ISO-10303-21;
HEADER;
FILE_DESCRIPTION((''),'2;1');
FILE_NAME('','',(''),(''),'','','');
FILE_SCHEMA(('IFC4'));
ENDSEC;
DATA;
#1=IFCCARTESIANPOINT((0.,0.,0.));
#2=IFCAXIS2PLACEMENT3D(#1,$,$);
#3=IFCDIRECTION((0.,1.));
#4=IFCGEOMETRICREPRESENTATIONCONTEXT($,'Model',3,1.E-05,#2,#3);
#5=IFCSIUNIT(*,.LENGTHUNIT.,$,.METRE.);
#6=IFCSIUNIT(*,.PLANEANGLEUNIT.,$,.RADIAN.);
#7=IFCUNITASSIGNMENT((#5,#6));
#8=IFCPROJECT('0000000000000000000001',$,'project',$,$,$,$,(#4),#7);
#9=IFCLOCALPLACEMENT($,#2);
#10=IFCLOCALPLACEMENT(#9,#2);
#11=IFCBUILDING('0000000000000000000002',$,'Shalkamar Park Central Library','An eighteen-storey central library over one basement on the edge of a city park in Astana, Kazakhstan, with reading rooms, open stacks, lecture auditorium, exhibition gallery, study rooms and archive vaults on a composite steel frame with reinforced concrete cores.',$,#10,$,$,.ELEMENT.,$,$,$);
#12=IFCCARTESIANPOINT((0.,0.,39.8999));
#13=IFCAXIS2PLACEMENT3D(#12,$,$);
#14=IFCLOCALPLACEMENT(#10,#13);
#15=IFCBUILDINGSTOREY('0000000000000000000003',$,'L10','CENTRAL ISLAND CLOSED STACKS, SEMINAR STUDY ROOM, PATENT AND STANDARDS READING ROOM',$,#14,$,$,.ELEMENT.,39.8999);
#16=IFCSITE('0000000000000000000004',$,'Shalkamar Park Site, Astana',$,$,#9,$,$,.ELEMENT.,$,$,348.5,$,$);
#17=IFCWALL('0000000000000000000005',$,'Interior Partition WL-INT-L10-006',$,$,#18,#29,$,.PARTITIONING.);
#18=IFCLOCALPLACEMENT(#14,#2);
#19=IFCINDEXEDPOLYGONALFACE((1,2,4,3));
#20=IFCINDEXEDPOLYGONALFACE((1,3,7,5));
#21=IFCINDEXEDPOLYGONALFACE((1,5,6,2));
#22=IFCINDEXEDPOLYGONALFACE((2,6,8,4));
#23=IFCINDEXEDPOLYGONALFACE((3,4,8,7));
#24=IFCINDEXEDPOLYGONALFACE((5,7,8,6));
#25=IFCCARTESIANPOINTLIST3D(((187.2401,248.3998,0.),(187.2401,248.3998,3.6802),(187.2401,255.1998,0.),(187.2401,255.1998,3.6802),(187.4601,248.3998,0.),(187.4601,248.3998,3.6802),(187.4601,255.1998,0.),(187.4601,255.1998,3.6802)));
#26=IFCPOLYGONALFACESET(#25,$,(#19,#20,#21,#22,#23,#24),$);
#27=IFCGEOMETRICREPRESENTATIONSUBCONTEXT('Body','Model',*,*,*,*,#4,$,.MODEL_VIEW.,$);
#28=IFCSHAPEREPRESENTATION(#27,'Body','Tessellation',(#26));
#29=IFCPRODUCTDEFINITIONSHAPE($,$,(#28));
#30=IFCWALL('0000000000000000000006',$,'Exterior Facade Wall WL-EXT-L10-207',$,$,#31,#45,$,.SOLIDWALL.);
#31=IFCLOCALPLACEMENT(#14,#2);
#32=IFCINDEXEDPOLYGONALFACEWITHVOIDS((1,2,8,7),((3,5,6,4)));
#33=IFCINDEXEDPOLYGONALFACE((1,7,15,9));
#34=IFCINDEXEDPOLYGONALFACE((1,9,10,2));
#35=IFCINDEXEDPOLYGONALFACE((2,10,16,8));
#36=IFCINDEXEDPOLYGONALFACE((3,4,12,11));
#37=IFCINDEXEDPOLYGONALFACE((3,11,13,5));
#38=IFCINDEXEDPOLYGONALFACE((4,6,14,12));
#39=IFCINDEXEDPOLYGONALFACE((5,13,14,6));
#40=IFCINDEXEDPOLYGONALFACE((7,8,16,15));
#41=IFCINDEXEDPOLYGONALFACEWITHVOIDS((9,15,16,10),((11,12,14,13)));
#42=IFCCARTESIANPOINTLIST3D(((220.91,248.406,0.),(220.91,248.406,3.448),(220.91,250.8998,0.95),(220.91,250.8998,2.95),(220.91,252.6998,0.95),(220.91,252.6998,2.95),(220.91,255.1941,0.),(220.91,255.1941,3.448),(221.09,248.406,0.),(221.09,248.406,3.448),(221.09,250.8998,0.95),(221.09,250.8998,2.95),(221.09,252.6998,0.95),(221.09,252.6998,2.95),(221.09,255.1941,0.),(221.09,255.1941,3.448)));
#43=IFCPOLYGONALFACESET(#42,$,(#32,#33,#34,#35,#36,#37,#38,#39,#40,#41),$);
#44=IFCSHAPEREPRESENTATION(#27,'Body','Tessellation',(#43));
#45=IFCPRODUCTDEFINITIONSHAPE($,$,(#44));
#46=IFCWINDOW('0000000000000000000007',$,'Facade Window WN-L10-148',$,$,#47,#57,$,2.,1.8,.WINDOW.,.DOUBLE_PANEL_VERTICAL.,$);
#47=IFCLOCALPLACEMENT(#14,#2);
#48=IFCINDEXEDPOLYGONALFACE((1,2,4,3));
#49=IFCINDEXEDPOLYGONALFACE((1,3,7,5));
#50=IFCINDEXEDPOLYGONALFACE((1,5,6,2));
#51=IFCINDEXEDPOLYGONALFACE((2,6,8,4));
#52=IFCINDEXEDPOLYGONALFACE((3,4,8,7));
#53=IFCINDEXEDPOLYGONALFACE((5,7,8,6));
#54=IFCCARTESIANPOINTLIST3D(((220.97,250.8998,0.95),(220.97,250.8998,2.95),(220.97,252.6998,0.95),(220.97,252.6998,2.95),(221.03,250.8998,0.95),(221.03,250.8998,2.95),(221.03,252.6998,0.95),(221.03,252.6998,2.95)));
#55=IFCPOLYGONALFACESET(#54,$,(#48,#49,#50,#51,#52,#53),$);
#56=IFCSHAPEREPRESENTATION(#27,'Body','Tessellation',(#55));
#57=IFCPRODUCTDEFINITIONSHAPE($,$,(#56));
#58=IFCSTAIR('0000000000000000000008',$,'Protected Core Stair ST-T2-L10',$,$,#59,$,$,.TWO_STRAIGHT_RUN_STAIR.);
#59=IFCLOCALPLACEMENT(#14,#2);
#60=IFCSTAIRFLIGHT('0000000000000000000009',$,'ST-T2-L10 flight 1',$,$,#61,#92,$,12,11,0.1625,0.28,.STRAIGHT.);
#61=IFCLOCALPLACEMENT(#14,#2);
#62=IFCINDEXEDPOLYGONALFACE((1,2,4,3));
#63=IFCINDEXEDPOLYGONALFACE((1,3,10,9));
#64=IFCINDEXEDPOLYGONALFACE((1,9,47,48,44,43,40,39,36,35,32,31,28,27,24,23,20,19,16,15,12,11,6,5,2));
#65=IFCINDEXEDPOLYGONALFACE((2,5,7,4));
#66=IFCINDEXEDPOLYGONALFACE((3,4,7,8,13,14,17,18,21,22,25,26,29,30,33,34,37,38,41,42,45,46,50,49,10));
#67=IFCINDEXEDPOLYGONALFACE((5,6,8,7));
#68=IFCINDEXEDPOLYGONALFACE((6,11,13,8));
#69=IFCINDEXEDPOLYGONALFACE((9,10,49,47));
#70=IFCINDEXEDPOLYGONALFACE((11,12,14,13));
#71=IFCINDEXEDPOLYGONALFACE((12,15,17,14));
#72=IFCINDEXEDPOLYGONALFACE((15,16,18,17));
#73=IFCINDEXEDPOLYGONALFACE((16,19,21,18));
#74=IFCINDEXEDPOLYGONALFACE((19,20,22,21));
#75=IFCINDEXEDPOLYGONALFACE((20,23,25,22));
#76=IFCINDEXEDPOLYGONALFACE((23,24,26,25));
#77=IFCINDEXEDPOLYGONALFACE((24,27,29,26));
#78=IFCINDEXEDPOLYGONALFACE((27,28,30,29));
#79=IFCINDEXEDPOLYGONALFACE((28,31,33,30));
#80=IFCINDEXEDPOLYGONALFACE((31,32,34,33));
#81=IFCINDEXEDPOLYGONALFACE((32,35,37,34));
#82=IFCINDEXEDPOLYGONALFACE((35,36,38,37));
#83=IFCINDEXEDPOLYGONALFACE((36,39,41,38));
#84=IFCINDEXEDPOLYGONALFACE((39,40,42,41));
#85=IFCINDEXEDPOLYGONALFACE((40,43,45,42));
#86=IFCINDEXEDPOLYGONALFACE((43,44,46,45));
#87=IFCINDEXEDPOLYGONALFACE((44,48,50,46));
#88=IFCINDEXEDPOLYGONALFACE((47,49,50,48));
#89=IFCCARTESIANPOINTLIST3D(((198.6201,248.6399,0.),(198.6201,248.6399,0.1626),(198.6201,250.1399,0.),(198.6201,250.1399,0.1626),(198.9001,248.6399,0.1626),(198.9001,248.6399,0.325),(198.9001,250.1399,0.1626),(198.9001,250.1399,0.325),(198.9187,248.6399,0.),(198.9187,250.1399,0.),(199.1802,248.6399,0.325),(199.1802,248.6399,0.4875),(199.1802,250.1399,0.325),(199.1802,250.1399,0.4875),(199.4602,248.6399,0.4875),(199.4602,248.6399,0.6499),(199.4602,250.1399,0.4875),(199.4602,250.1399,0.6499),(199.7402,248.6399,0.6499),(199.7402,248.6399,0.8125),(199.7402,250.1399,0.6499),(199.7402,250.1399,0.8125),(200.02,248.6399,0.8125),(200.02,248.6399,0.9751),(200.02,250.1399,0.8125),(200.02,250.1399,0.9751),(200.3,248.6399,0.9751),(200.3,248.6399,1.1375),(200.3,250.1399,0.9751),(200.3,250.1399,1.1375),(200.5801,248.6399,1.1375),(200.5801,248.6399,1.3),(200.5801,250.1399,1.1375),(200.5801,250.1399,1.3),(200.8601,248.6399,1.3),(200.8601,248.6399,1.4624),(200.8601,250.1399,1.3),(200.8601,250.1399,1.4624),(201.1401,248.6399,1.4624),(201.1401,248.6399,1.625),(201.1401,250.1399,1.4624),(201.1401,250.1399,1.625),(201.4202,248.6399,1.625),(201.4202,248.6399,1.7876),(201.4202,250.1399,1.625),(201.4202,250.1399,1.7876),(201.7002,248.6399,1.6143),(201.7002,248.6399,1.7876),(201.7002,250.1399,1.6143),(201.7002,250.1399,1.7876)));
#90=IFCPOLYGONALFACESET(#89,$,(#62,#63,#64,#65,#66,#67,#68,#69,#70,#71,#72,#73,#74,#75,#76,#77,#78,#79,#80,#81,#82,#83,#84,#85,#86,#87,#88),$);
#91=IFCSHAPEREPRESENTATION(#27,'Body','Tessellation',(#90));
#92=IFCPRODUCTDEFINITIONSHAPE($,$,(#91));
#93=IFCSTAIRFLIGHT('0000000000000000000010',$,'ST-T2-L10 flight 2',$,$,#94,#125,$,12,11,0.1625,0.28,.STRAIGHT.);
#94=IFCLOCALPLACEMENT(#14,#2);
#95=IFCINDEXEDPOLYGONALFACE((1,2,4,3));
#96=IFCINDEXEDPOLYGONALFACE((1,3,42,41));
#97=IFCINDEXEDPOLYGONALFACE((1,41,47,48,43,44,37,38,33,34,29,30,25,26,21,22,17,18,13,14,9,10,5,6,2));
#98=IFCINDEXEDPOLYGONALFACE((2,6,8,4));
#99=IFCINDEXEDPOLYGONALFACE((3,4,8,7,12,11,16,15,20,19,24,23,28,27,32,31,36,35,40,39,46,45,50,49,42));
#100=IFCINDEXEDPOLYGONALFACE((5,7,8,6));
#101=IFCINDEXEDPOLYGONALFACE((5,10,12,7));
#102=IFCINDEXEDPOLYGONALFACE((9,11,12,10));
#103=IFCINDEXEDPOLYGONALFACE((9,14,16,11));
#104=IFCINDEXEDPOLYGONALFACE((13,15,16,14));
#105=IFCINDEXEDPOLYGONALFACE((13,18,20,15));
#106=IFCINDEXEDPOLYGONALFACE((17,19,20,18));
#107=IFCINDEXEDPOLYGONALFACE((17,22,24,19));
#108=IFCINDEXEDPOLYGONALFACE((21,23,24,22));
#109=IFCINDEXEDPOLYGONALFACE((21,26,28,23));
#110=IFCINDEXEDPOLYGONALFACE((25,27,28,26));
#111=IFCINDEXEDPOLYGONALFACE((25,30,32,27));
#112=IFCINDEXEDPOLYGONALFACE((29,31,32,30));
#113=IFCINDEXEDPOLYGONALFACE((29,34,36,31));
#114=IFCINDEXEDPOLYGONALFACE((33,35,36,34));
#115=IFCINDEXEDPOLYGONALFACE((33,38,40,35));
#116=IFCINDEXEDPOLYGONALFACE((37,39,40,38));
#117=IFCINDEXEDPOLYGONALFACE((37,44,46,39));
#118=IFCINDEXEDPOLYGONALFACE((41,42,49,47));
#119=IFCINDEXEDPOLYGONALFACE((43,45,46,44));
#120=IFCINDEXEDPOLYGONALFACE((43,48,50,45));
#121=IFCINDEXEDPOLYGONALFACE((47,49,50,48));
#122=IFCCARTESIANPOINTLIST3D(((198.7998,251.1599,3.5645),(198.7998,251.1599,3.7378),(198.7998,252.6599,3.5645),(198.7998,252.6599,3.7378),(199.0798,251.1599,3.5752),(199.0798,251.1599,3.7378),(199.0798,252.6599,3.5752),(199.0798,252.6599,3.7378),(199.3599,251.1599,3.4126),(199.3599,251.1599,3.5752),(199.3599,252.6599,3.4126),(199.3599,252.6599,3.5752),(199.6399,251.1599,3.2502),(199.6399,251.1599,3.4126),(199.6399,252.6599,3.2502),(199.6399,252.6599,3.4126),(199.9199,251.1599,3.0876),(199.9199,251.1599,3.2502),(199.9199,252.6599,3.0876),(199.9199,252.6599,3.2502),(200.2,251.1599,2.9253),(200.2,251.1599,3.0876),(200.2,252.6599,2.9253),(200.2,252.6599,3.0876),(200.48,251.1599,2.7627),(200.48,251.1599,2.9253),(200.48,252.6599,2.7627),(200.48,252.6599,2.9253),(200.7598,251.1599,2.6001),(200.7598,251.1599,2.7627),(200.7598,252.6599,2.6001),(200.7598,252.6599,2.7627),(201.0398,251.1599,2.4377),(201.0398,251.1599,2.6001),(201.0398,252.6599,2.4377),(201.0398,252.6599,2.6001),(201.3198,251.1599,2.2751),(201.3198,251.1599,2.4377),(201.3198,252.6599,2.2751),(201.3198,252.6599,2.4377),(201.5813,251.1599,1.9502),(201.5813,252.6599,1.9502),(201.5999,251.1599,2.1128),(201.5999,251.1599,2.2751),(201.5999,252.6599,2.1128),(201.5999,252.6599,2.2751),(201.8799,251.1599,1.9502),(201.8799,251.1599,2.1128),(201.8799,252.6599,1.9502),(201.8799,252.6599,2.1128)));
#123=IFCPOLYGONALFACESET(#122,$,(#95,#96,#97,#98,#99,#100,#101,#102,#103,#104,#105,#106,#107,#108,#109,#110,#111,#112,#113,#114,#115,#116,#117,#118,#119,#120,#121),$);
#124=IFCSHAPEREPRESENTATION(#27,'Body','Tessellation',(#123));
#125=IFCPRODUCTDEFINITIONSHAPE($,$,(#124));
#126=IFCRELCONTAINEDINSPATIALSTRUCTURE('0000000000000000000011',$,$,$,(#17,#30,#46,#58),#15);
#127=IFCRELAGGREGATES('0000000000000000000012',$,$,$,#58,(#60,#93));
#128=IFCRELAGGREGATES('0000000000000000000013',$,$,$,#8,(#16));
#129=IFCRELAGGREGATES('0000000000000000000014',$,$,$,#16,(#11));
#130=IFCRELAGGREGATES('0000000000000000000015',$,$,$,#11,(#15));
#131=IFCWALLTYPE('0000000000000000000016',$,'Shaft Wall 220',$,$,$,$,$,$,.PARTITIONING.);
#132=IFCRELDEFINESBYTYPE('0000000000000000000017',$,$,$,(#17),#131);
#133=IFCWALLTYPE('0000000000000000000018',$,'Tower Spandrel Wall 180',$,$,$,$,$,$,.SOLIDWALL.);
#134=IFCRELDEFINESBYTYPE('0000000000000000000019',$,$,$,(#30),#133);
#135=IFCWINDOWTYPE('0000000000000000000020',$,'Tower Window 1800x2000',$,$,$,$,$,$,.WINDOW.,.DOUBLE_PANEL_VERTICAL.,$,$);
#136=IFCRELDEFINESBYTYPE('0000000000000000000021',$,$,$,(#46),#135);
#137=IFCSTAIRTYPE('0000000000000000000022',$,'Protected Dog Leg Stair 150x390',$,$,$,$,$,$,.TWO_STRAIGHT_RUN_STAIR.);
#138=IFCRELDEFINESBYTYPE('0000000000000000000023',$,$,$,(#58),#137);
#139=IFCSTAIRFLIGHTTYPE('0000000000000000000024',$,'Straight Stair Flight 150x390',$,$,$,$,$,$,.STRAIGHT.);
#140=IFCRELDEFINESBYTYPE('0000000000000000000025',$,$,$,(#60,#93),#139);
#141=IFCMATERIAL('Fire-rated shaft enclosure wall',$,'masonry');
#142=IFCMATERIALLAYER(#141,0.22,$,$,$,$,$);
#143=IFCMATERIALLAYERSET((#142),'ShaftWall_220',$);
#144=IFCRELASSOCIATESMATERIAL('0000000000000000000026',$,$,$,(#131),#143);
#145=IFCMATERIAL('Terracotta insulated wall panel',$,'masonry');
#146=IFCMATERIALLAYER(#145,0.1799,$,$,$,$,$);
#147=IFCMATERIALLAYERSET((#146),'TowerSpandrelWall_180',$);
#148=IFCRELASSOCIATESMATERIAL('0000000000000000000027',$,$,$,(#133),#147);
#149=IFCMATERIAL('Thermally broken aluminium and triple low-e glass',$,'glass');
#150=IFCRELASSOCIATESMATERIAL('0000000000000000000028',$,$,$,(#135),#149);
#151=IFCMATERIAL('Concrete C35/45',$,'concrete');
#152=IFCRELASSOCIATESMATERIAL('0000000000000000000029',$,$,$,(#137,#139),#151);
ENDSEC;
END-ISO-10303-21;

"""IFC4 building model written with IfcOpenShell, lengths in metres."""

from ifc_helpers import new_model, si_unit, direction, frame, frame_2d, origin, place, context, subcontext, project, spatial, polyline, rectangle, outline, extrude, material, layer, layer_set, type_object, element, fill, aggregate, save


model = new_model("IFC4")

# Units and contexts
model_context = context("Model", 3, precision=1e-05, world=origin(), true_north=direction((0.0, 1.0)))
body_context = subcontext(model_context, "Body", "Model", "MODEL_VIEW")
ifc_project = project(units=[si_unit("LENGTHUNIT", "METRE"), si_unit("PLANEANGLEUNIT", "RADIAN")], contexts=[model_context])

# Site, building, storey
site_placement = place(None, origin())
site = spatial("IfcSite", under=ifc_project, at=site_placement, Name="Shalkamar Park Site, Astana", CompositionType="ELEMENT", RefElevation=348.5)
building_placement = place(site_placement, origin())
building = spatial("IfcBuilding", under=site, at=building_placement, Name="Shalkamar Park Central Library", Description="An eighteen-storey central library over one basement on the edge of a city park in Astana, Kazakhstan, with reading rooms, open stacks, lecture auditorium, exhibition gallery, study rooms and archive vaults on a composite steel frame with reinforced concrete cores.", CompositionType="ELEMENT")
storey_placement = place(building_placement, frame((0.0, 0.0, 39.8999)))
storey = spatial("IfcBuildingStorey", under=building, at=storey_placement, Name="L10", Description="CENTRAL ISLAND CLOSED STACKS, SEMINAR STUDY ROOM, PATENT AND STANDARDS READING ROOM", CompositionType="ELEMENT", Elevation=39.8999)

# Wall
ifc_material_1 = material(Name="Fire-rated shaft enclosure wall", Category="masonry")
ifc_layer_1 = layer(ifc_material_1, 0.22)
ifc_layer_set_1 = layer_set([ifc_layer_1], Name="ShaftWall_220")
wall_type_1 = type_object("IfcWallType", Name="Shaft Wall 220", PredefinedType="PARTITIONING", material=ifc_layer_set_1)
for number, where, z_axis, x_axis, name in (
    (1, (187.3501, 248.3999, 0.0), (0.0, 0.0, 1.0), (0.0, 1.0, 0.0), "Interior Partition WL-INT-L10-006"),
):
    element("IfcWall", number, at=place(storey_placement, frame(where, z_axis=z_axis, x_axis=x_axis)), inside=storey, type_object=wall_type_1, Name=name, PredefinedType="PARTITIONING", context=body_context, shape_type="SweptSolid", body=[
        extrude(rectangle(XDim=6.8, YDim=0.22, at=frame_2d((3.3999, 0.0))), origin(), (0.0, 0.0, 1.0), 3.6802),
    ])

# Wall, opening, window
ifc_material_2 = material(Name="Terracotta insulated wall panel", Category="masonry")
ifc_layer_2 = layer(ifc_material_2, 0.1799)
ifc_layer_set_2 = layer_set([ifc_layer_2], Name="TowerSpandrelWall_180")
wall_type_2 = type_object("IfcWallType", Name="Tower Spandrel Wall 180", PredefinedType="SOLIDWALL", material=ifc_layer_set_2)
wall_1_placement = place(storey_placement, frame((221.0, 248.406, 0.0), z_axis=(0.0, 0.0, 1.0), x_axis=(0.0, 1.0, 0.0)))
wall_1 = element("IfcWall", 2, at=wall_1_placement, inside=storey, type_object=wall_type_2, Name="Exterior Facade Wall WL-EXT-L10-207", PredefinedType="SOLIDWALL", context=body_context, shape_type="SweptSolid", body=[
    extrude(rectangle(XDim=6.7881, YDim=0.1799, at=frame_2d((3.394, 0.0))), origin(), (0.0, 0.0, 1.0), 3.448),
])
opening_1_placement = place(wall_1_placement, frame((2.4939, 0.0, 0.95)))
opening_1 = element("IfcOpeningElement", 3, at=opening_1_placement, cuts=wall_1, PredefinedType="OPENING", context=body_context, shape_type="SweptSolid", body=[
    extrude(rectangle(XDim=1.8, YDim=2.0, at=frame_2d((0.8999, 1.0))), frame((0.0, 0.105, 0.0), z_axis=(0.0, -1.0, 0.0), x_axis=(1.0, 0.0, 0.0)), (0.0, 0.0, 1.0), 0.2097),
])
ifc_material_3 = material(Name="Thermally broken aluminium and triple low-e glass", Category="glass")
window_type = type_object("IfcWindowType", Name="Tower Window 1800x2000", PartitioningType="DOUBLE_PANEL_VERTICAL", PredefinedType="WINDOW", material=ifc_material_3)
window_placement = place(opening_1_placement, origin())
window = element("IfcWindow", 4, at=window_placement, inside=storey, type_object=window_type, Name="Facade Window WN-L10-148", OverallHeight=2.0, OverallWidth=1.8, PartitioningType="DOUBLE_PANEL_VERTICAL", PredefinedType="WINDOW", context=body_context, shape_type="SweptSolid", body=[
    extrude(rectangle(XDim=1.8, YDim=2.0, at=frame_2d((0.8999, 1.0))), frame((0.0, 0.03, 0.0), z_axis=(0.0, -1.0, 0.0), x_axis=(1.0, 0.0, 0.0)), (0.0, 0.0, 1.0), 0.0601),
])
fill(opening_1, window)

# Stair, stair flights
ifc_material_4 = material(Name="Concrete C35/45", Category="concrete")
stair_type = type_object("IfcStairType", Name="Protected Dog Leg Stair 150x390", PredefinedType="TWO_STRAIGHT_RUN_STAIR", material=ifc_material_4)
stair_placement = place(storey_placement, origin())
stair = element("IfcStair", 5, at=stair_placement, inside=storey, type_object=stair_type, Name="Protected Core Stair ST-T2-L10", PredefinedType="TWO_STRAIGHT_RUN_STAIR")
stair_flight_type = type_object("IfcStairFlightType", Name="Straight Stair Flight 150x390", PredefinedType="STRAIGHT", material=ifc_material_4)
stair_flight_1_placement = place(storey_placement, frame((198.6201, 249.3899, 0.0), z_axis=(0.0, 0.0, 1.0), x_axis=(1.0, 0.0, 0.0)))
stair_flight_1 = element("IfcStairFlight", 6, at=stair_flight_1_placement, type_object=stair_flight_type, Name="ST-T2-L10 flight 1", NumberOfRisers=12, NumberOfTreads=11, PredefinedType="STRAIGHT", RiserHeight=0.1625, TreadLength=0.28, context=body_context, shape_type="SweptSolid", body=[
    extrude(outline(polyline([(0.0, 0.0), (0.0, 0.1626), (0.28, 0.1626), (0.28, 0.325), (0.5601, 0.325), (0.5601, 0.4875), (0.8401, 0.4875), (0.8401, 0.6499), (1.1201, 0.6499), (1.1201, 0.8125), (1.3999, 0.8125), (1.3999, 0.9751), (1.6799, 0.9751), (1.6799, 1.1375), (1.96, 1.1375), (1.96, 1.3), (2.24, 1.3), (2.24, 1.4624), (2.52, 1.4624), (2.52, 1.625), (2.8, 1.625), (2.8, 1.7876), (3.0801, 1.7876), (3.0801, 1.95), (3.0801, 1.6143), (0.2986, 0.0), (0.0, 0.0)])), frame((0.0, 0.75, 0.0), z_axis=(0.0, -1.0, 0.0), x_axis=(1.0, 0.0, 0.0)), (0.0, 0.0, 1.0), 1.5),
])
stair_flight_2_placement = place(storey_placement, frame((201.8799, 251.9099, 1.9502), z_axis=(0.0, 0.0, 1.0), x_axis=(-1.0, 0.0, 0.0)))
stair_flight_2 = element("IfcStairFlight", 7, at=stair_flight_2_placement, type_object=stair_flight_type, Name="ST-T2-L10 flight 2", NumberOfRisers=12, NumberOfTreads=11, PredefinedType="STRAIGHT", RiserHeight=0.1625, TreadLength=0.28, context=body_context, shape_type="SweptSolid", body=[
    extrude(outline(polyline([(0.0, 0.0), (0.0, 0.1626), (0.28, 0.1626), (0.28, 0.325), (0.5601, 0.325), (0.5601, 0.4875), (0.8401, 0.4875), (0.8401, 0.6499), (1.1201, 0.6499), (1.1201, 0.8125), (1.3999, 0.8125), (1.3999, 0.9751), (1.6799, 0.9751), (1.6799, 1.1375), (1.96, 1.1375), (1.96, 1.3), (2.24, 1.3), (2.24, 1.4624), (2.52, 1.4624), (2.52, 1.625), (2.8, 1.625), (2.8, 1.7876), (3.0801, 1.7876), (3.0801, 1.95), (3.0801, 1.6143), (0.2986, 0.0), (0.0, 0.0)])), frame((0.0, 0.75, 0.0), z_axis=(0.0, -1.0, 0.0), x_axis=(1.0, 0.0, 0.0)), (0.0, 0.0, 1.0), 1.5),
])
aggregate(stair, [stair_flight_1, stair_flight_2])

save(model, "model.ifc")
